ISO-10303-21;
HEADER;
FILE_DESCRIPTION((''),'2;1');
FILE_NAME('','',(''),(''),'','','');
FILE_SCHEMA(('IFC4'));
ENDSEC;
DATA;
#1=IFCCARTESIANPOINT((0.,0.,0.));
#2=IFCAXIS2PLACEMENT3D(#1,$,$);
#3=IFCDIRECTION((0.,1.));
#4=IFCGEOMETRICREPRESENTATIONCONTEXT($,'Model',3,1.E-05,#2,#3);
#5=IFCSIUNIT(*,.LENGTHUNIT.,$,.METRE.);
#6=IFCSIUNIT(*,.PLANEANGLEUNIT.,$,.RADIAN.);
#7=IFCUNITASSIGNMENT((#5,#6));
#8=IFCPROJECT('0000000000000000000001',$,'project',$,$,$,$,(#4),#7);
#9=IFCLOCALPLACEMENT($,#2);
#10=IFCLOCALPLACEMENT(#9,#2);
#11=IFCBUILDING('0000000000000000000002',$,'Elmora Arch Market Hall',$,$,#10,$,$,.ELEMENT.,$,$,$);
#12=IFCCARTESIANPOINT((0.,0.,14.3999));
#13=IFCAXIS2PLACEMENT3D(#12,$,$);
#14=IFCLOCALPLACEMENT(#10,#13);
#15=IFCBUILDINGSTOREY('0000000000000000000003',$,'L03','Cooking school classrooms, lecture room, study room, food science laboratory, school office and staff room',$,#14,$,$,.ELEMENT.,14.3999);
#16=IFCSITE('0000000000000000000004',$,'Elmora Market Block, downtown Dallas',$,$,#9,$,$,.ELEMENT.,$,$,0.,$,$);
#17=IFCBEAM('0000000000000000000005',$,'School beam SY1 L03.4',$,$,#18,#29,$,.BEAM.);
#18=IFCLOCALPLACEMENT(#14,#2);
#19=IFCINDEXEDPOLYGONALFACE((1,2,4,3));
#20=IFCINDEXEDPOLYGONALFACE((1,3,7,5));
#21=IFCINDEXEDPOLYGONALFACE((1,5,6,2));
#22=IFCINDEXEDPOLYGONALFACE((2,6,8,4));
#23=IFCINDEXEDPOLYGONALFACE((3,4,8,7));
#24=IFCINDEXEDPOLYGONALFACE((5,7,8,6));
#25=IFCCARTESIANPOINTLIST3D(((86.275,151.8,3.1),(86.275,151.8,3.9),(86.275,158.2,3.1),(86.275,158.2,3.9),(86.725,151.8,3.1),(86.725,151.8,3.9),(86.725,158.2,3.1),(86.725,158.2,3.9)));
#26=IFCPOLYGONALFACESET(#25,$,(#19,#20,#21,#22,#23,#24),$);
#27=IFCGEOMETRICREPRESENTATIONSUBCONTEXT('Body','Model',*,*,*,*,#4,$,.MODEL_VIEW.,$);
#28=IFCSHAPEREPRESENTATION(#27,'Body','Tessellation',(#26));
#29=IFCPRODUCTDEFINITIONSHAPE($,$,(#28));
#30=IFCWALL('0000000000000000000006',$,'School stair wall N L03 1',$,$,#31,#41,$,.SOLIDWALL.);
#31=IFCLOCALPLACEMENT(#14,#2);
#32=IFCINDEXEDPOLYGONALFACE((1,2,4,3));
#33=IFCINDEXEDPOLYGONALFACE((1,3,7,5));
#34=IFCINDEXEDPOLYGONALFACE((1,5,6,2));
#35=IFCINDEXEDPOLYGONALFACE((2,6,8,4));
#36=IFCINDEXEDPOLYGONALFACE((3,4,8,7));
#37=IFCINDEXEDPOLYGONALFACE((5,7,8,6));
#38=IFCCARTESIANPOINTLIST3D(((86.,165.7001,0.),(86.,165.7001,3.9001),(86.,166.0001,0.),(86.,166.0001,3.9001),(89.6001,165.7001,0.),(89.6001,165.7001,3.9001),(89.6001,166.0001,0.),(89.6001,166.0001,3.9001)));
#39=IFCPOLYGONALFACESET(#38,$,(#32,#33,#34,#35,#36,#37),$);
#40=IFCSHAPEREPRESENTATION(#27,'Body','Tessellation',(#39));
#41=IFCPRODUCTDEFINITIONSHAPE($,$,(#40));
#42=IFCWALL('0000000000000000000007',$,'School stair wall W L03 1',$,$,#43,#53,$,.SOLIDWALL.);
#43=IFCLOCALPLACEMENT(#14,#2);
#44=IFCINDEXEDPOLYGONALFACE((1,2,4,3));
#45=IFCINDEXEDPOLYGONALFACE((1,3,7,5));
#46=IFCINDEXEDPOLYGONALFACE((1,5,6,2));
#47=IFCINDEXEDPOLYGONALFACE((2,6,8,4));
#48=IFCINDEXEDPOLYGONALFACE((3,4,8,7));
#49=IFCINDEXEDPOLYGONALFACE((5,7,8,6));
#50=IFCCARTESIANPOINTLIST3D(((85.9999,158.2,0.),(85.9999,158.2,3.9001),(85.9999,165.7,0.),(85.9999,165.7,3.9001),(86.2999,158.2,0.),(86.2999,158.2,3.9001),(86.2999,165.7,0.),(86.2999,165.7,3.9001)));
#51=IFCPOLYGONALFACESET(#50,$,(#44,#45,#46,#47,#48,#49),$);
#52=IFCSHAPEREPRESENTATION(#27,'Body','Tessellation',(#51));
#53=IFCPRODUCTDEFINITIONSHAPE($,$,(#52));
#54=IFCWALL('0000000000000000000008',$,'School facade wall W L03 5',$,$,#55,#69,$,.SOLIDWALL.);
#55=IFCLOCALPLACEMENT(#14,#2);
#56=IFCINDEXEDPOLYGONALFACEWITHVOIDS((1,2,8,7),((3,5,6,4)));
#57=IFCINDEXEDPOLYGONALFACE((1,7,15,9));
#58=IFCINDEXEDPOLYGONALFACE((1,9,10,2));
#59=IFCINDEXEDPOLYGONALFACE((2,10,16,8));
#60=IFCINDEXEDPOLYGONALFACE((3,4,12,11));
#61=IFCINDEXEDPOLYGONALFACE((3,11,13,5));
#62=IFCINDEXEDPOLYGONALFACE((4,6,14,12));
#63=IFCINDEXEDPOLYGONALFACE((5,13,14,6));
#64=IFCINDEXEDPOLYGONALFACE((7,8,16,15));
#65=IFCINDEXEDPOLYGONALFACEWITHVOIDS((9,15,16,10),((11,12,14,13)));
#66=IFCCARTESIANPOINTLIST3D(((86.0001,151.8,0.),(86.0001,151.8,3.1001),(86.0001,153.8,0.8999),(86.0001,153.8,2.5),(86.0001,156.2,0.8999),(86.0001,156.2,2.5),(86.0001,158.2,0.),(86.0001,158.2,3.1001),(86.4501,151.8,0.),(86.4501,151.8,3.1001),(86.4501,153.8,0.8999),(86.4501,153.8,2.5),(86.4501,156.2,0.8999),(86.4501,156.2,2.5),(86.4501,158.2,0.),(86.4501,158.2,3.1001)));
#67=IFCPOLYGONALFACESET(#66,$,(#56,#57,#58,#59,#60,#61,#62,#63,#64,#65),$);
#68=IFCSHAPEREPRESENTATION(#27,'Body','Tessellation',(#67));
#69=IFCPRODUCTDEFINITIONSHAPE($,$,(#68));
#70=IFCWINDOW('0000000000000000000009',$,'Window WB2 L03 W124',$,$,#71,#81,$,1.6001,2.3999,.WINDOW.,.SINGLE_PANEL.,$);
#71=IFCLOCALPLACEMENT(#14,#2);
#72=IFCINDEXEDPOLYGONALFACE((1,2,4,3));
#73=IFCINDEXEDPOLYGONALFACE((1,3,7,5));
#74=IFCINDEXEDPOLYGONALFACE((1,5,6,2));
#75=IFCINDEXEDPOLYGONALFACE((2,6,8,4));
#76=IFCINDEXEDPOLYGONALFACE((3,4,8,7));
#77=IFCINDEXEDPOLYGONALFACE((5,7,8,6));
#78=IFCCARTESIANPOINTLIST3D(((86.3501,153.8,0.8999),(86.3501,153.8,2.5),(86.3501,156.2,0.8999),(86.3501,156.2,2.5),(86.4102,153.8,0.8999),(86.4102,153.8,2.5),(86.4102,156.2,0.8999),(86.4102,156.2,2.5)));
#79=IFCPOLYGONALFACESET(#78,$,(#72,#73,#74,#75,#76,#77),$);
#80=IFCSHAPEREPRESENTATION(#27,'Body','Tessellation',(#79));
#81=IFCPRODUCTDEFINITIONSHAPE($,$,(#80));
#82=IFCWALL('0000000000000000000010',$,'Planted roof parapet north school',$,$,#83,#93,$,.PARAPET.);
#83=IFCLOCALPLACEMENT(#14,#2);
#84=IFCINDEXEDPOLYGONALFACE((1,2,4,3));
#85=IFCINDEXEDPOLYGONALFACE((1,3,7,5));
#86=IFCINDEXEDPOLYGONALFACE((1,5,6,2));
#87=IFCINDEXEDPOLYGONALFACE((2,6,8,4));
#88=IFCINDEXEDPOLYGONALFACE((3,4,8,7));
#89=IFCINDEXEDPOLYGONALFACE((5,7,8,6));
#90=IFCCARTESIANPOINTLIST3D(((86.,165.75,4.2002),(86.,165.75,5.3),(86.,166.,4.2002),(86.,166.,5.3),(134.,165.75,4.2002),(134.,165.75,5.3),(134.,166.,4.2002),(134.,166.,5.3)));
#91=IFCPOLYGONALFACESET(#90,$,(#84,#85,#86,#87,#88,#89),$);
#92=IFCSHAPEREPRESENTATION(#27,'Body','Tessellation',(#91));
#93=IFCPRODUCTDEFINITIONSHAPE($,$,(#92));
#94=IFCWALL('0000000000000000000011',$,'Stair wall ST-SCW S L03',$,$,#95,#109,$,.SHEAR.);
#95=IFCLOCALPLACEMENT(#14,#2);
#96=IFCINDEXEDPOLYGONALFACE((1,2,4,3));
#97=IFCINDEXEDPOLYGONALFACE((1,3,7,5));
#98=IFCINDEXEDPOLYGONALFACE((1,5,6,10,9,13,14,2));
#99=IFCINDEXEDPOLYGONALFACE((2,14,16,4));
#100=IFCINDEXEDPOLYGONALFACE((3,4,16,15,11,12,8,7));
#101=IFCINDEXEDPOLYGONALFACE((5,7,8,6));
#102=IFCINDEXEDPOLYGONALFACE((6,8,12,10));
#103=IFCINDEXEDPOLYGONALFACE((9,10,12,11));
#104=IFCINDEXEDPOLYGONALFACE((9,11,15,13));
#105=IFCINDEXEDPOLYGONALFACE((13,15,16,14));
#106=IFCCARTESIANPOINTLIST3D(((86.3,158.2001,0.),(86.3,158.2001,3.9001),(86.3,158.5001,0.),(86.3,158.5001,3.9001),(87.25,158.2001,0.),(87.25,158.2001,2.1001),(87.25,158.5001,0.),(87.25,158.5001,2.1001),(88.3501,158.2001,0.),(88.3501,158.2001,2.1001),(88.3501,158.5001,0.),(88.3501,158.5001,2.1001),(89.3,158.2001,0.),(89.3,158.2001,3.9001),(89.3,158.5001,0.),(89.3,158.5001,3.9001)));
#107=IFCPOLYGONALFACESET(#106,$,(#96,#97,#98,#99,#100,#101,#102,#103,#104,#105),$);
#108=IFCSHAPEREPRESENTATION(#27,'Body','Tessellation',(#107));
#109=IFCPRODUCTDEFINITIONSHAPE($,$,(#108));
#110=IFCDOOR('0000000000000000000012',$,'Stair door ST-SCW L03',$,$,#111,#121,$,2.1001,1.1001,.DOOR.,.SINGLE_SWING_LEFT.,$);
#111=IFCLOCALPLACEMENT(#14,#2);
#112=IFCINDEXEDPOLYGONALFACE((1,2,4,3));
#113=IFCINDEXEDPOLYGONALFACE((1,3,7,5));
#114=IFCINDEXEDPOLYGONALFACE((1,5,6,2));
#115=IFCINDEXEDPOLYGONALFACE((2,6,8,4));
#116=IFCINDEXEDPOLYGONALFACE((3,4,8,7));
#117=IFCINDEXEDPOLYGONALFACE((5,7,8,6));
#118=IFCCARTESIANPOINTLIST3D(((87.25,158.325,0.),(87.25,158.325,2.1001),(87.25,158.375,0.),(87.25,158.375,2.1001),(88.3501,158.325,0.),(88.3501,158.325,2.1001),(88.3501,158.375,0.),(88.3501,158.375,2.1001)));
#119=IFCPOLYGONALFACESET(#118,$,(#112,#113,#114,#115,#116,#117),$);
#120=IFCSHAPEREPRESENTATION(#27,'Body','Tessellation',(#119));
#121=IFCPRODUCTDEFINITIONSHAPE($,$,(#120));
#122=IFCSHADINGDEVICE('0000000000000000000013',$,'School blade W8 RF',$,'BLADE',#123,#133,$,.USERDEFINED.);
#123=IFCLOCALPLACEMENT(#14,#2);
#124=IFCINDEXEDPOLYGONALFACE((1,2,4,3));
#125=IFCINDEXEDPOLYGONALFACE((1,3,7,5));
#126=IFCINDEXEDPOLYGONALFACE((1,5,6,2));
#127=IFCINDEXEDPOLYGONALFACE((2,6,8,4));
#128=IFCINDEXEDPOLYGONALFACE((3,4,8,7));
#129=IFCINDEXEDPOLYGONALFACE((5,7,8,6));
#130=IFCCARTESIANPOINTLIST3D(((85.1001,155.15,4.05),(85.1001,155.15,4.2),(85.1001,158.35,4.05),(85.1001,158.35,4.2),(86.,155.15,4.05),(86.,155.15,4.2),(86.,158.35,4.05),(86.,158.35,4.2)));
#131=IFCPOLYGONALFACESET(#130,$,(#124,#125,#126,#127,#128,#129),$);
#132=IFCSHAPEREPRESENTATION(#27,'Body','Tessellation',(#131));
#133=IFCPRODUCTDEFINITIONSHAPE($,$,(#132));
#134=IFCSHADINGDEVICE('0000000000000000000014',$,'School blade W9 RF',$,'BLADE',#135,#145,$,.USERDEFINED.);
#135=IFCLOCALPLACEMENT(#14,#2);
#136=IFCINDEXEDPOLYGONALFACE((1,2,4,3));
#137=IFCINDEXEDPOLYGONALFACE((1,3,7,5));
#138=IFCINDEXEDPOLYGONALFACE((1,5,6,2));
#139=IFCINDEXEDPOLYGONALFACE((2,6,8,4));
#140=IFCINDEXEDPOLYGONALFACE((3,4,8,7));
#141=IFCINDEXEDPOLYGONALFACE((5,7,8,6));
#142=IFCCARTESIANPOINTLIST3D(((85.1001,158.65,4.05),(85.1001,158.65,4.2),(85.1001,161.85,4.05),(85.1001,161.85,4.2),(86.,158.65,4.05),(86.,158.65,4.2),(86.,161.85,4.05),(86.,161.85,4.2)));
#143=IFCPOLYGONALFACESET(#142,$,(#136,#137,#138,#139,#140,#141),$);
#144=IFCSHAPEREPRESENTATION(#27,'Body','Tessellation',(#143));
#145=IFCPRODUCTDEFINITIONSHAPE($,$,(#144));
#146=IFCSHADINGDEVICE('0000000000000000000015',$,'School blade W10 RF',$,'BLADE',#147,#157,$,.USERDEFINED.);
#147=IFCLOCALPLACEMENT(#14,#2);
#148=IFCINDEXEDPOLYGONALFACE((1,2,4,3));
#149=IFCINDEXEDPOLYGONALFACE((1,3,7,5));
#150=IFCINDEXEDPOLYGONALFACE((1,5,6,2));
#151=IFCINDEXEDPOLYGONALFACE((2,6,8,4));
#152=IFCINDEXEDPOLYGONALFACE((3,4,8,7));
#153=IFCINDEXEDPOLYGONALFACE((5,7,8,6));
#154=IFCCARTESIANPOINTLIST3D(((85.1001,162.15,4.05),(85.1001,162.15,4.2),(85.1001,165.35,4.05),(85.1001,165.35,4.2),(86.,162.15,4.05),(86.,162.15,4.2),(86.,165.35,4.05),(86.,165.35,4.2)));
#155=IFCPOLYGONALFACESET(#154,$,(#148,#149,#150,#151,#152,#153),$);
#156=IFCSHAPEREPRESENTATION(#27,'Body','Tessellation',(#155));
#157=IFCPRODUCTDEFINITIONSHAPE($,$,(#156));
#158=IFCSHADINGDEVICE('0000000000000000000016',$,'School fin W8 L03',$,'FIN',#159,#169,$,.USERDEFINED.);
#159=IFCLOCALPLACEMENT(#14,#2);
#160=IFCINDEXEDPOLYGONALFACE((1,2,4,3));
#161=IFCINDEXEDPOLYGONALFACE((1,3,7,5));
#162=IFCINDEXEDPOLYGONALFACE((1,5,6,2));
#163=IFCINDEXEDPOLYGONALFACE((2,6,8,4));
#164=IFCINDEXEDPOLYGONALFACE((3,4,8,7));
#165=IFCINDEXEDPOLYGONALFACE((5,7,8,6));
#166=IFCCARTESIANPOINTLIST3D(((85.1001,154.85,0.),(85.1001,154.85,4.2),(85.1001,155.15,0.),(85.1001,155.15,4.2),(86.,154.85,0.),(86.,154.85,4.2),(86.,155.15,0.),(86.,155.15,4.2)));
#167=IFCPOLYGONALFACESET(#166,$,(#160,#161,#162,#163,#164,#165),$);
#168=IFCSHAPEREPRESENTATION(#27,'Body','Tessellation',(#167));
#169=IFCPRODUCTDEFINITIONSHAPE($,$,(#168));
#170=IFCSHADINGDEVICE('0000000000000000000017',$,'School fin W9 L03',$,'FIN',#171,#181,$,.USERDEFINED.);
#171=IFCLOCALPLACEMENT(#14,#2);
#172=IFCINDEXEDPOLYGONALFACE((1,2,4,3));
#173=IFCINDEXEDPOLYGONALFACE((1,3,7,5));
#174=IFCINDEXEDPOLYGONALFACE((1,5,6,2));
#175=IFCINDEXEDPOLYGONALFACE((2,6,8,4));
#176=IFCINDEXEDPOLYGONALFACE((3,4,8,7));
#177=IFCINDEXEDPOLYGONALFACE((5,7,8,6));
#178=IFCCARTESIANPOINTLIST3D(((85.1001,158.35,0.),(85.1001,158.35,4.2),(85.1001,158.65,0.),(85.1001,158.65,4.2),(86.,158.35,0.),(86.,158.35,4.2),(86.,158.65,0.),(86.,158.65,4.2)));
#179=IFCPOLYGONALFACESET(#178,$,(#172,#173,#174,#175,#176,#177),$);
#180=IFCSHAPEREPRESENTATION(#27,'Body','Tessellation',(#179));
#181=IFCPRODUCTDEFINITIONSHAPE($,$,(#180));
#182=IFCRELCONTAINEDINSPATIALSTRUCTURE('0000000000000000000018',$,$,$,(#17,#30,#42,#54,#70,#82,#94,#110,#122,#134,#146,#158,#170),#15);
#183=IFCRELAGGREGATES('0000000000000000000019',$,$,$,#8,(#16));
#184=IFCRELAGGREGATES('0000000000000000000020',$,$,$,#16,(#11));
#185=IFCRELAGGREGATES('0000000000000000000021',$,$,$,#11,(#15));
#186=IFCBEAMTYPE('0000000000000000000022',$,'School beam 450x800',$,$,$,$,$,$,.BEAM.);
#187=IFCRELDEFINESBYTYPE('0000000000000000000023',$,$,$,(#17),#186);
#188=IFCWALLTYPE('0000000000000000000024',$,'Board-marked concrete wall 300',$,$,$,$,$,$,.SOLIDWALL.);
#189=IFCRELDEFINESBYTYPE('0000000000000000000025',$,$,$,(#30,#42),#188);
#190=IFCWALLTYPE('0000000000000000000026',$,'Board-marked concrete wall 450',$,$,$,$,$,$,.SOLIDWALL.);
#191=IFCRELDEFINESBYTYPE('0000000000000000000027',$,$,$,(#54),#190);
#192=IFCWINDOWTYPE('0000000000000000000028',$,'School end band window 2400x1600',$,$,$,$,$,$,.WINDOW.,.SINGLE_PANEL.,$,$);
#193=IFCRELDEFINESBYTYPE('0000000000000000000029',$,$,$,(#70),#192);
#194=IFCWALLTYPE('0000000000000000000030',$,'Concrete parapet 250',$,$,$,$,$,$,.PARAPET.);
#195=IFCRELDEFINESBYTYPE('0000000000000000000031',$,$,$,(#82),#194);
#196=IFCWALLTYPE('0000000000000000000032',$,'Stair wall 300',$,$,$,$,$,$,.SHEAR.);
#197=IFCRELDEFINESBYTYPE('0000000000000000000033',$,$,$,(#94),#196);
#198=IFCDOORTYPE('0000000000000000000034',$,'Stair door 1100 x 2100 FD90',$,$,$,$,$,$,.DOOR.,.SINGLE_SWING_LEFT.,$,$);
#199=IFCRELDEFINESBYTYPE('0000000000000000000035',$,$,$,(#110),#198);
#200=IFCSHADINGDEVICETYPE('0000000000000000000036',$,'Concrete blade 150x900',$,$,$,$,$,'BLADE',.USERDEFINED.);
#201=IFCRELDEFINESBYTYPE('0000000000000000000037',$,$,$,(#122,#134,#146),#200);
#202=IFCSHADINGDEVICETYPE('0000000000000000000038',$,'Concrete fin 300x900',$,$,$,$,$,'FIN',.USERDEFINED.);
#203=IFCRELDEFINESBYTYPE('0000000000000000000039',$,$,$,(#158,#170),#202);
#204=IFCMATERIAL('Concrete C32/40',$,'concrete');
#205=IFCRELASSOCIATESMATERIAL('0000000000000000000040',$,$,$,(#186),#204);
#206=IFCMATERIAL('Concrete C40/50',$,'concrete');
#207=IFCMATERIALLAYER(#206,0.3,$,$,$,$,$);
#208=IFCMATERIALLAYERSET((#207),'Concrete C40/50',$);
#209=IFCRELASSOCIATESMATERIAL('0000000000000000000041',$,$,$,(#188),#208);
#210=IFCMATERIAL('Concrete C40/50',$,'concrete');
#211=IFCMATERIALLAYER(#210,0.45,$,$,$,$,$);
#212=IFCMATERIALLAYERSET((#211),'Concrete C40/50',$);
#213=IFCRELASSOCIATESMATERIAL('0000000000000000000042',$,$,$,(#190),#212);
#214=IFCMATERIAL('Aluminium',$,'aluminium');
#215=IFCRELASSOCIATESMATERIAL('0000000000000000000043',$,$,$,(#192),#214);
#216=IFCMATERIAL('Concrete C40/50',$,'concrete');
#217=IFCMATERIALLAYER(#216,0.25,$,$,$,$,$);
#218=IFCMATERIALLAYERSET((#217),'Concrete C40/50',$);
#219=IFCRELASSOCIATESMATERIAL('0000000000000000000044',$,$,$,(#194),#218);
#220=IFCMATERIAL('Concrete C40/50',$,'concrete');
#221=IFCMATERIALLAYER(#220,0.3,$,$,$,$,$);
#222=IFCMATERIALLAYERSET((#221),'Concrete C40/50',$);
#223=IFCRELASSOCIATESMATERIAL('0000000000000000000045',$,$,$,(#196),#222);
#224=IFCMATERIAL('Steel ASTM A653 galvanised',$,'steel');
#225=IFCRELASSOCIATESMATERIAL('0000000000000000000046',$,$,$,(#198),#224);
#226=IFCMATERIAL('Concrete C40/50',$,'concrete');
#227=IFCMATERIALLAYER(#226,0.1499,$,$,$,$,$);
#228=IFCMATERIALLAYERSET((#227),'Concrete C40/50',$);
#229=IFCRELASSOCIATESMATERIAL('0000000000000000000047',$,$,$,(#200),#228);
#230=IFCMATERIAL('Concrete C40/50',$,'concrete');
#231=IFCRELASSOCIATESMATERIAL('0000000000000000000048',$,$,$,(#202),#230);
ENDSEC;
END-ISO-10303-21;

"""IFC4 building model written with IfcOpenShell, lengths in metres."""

from ifc_helpers import new_model, si_unit, direction, frame, frame_2d, origin, origin_2d, place, context, subcontext, project, spatial, rectangle, extrude, material, layer, layer_set, material_profile, profile_set, type_object, element, fill, save


model = new_model("IFC4")

# Units and contexts
model_context = context("Model", 3, precision=1e-05, world=origin(), true_north=direction((0.0, 1.0)))
body_context = subcontext(model_context, "Body", "Model", "MODEL_VIEW")
ifc_project = project(units=[si_unit("LENGTHUNIT", "METRE"), si_unit("PLANEANGLEUNIT", "RADIAN")], contexts=[model_context])

# Site, building, storey
site_placement = place(None, origin())
site = spatial("IfcSite", under=ifc_project, at=site_placement, Name="Elmora Market Block, downtown Dallas", CompositionType="ELEMENT", RefElevation=0.0)
building_placement = place(site_placement, origin())
building = spatial("IfcBuilding", under=site, at=building_placement, Name="Elmora Arch Market Hall", CompositionType="ELEMENT")
storey_placement = place(building_placement, frame((0.0, 0.0, 14.3999)))
storey = spatial("IfcBuildingStorey", under=building, at=storey_placement, Name="L03", Description="Cooking school classrooms, lecture room, study room, food science laboratory, school office and staff room", CompositionType="ELEMENT", Elevation=14.3999)

# Beam
ifc_material_1 = material(Name="Concrete C32/40", Category="concrete")
ifc_material_profile = material_profile(ifc_material_1, rectangle(XDim=0.45, YDim=0.8, at=origin_2d()), Name="School beam 450x800")
ifc_profile_set = profile_set([ifc_material_profile], Name="Concrete C32/40")
beam_type = type_object("IfcBeamType", Name="School beam 450x800", PredefinedType="BEAM", material=ifc_profile_set)
beam_placement = place(storey_placement, frame((86.5, 151.8, 3.5), z_axis=(0.0, 1.0, 0.0), x_axis=(-1.0, 0.0, 0.0)))
element("IfcBeam", 1, at=beam_placement, inside=storey, type_object=beam_type, Name="School beam SY1 L03.4", PredefinedType="BEAM", context=body_context, shape_type="SweptSolid", body=[
    extrude(rectangle(XDim=0.45, YDim=0.8, at=origin_2d()), origin(), (0.0, 0.0, 1.0), 6.3999),
])

# Walls
ifc_material_2 = material(Name="Concrete C40/50", Category="concrete")
ifc_layer_1 = layer(ifc_material_2, 0.3)
ifc_layer_set_1 = layer_set([ifc_layer_1], Name="Concrete C40/50")
wall_type_1 = type_object("IfcWallType", Name="Board-marked concrete wall 300", PredefinedType="SOLIDWALL", material=ifc_layer_set_1)
wall_1_placement = place(storey_placement, frame((86.0, 165.8501, 0.0), z_axis=(0.0, 0.0, 1.0), x_axis=(1.0, 0.0, 0.0)))
element("IfcWall", 2, at=wall_1_placement, inside=storey, type_object=wall_type_1, Name="School stair wall N L03 1", PredefinedType="SOLIDWALL", context=body_context, shape_type="SweptSolid", body=[
    extrude(rectangle(XDim=3.6001, YDim=0.3, at=frame_2d((1.8, 0.0))), origin(), (0.0, 0.0, 1.0), 3.9001),
])
wall_2_placement = place(storey_placement, frame((86.1499, 158.2, 0.0), z_axis=(0.0, 0.0, 1.0), x_axis=(0.0, 1.0, 0.0)))
element("IfcWall", 3, at=wall_2_placement, inside=storey, type_object=wall_type_1, Name="School stair wall W L03 1", PredefinedType="SOLIDWALL", context=body_context, shape_type="SweptSolid", body=[
    extrude(rectangle(XDim=7.5, YDim=0.3, at=frame_2d((3.75, 0.0))), origin(), (0.0, 0.0, 1.0), 3.9001),
])

# Wall, opening, window
ifc_material_3 = material(Name="Concrete C40/50", Category="concrete")
ifc_layer_2 = layer(ifc_material_3, 0.45)
ifc_layer_set_2 = layer_set([ifc_layer_2], Name="Concrete C40/50")
wall_type_2 = type_object("IfcWallType", Name="Board-marked concrete wall 450", PredefinedType="SOLIDWALL", material=ifc_layer_set_2)
wall_3_placement = place(storey_placement, frame((86.2251, 151.8, 0.0), z_axis=(0.0, 0.0, 1.0), x_axis=(0.0, 1.0, 0.0)))
wall_3 = element("IfcWall", 4, at=wall_3_placement, inside=storey, type_object=wall_type_2, Name="School facade wall W L03 5", PredefinedType="SOLIDWALL", context=body_context, shape_type="SweptSolid", body=[
    extrude(rectangle(XDim=6.3999, YDim=0.45, at=frame_2d((3.2, 0.0))), origin(), (0.0, 0.0, 1.0), 3.1001),
])
opening_1_placement = place(wall_3_placement, frame((2.0, 0.0, 0.8999)))
opening_1 = element("IfcOpeningElement", 5, at=opening_1_placement, cuts=wall_3, PredefinedType="OPENING", context=body_context, shape_type="SweptSolid", body=[
    extrude(rectangle(XDim=2.3999, YDim=1.6001, at=frame_2d((1.2, 0.8))), frame((0.0, 0.2349, 0.0), z_axis=(0.0, -1.0, 0.0), x_axis=(1.0, 0.0, 0.0)), (0.0, 0.0, 1.0), 0.47),
])
ifc_material_4 = material(Name="Aluminium", Category="aluminium")
window_type = type_object("IfcWindowType", Name="School end band window 2400x1600", PartitioningType="SINGLE_PANEL", PredefinedType="WINDOW", material=ifc_material_4)
window_placement = place(opening_1_placement, origin())
window = element("IfcWindow", 6, at=window_placement, inside=storey, type_object=window_type, Name="Window WB2 L03 W124", OverallHeight=1.6001, OverallWidth=2.3999, PartitioningType="SINGLE_PANEL", PredefinedType="WINDOW", context=body_context, shape_type="SweptSolid", body=[
    extrude(rectangle(XDim=2.3999, YDim=1.6001, at=frame_2d((1.2, 0.8))), frame((0.0, -0.125, 0.0), z_axis=(0.0, -1.0, 0.0), x_axis=(1.0, 0.0, 0.0)), (0.0, 0.0, 1.0), 0.0601),
])
fill(opening_1, window)

# Wall
ifc_material_5 = material(Name="Concrete C40/50", Category="concrete")
ifc_layer_3 = layer(ifc_material_5, 0.25)
ifc_layer_set_3 = layer_set([ifc_layer_3], Name="Concrete C40/50")
wall_type_3 = type_object("IfcWallType", Name="Concrete parapet 250", PredefinedType="PARAPET", material=ifc_layer_set_3)
wall_4_placement = place(storey_placement, frame((86.0, 165.875, 4.2002), z_axis=(0.0, 0.0, 1.0), x_axis=(1.0, 0.0, 0.0)))
element("IfcWall", 7, at=wall_4_placement, inside=storey, type_object=wall_type_3, Name="Planted roof parapet north school", PredefinedType="PARAPET", context=body_context, shape_type="SweptSolid", body=[
    extrude(rectangle(XDim=48.0, YDim=0.25, at=frame_2d((24.0, 0.0))), origin(), (0.0, 0.0, 1.0), 1.0999),
])

# Wall, opening, door
ifc_material_6 = material(Name="Concrete C40/50", Category="concrete")
ifc_layer_4 = layer(ifc_material_6, 0.3)
ifc_layer_set_4 = layer_set([ifc_layer_4], Name="Concrete C40/50")
wall_type_4 = type_object("IfcWallType", Name="Stair wall 300", PredefinedType="SHEAR", material=ifc_layer_set_4)
wall_5_placement = place(storey_placement, frame((86.3, 158.3501, 0.0), z_axis=(0.0, 0.0, 1.0), x_axis=(1.0, 0.0, 0.0)))
wall_5 = element("IfcWall", 8, at=wall_5_placement, inside=storey, type_object=wall_type_4, Name="Stair wall ST-SCW S L03", PredefinedType="SHEAR", context=body_context, shape_type="SweptSolid", body=[
    extrude(rectangle(XDim=3.0, YDim=0.3, at=frame_2d((1.5, 0.0))), origin(), (0.0, 0.0, 1.0), 3.9001),
])
opening_2_placement = place(wall_5_placement, frame((0.95, 0.0, 0.0)))
opening_2 = element("IfcOpeningElement", 9, at=opening_2_placement, cuts=wall_5, PredefinedType="OPENING", context=body_context, shape_type="SweptSolid", body=[
    extrude(rectangle(XDim=1.1001, YDim=2.1001, at=frame_2d((0.55, 1.05))), frame((0.0, 0.1599, 0.0), z_axis=(0.0, -1.0, 0.0), x_axis=(1.0, 0.0, 0.0)), (0.0, 0.0, 1.0), 0.3201),
])
ifc_material_7 = material(Name="Steel ASTM A653 galvanised", Category="steel")
door_type = type_object("IfcDoorType", Name="Stair door 1100 x 2100 FD90", OperationType="SINGLE_SWING_LEFT", PredefinedType="DOOR", material=ifc_material_7)
door_placement = place(opening_2_placement, origin())
door = element("IfcDoor", 10, at=door_placement, inside=storey, type_object=door_type, Name="Stair door ST-SCW L03", OperationType="SINGLE_SWING_LEFT", OverallHeight=2.1001, OverallWidth=1.1001, PredefinedType="DOOR", context=body_context, shape_type="SweptSolid", body=[
    extrude(rectangle(XDim=1.1001, YDim=2.1001, at=frame_2d((0.55, 1.05))), frame((0.0, 0.0249, 0.0), z_axis=(0.0, -1.0, 0.0), x_axis=(1.0, 0.0, 0.0)), (0.0, 0.0, 1.0), 0.05),
])
fill(opening_2, door)

# Shading devices
ifc_material_8 = material(Name="Concrete C40/50", Category="concrete")
ifc_layer_5 = layer(ifc_material_8, 0.1499)
ifc_layer_set_5 = layer_set([ifc_layer_5], Name="Concrete C40/50")
shading_device_type_1 = type_object("IfcShadingDeviceType", Name="Concrete blade 150x900", ElementType="BLADE", PredefinedType="USERDEFINED", material=ifc_layer_set_5)
for number, where, z_axis, x_axis, name in (
    (11, (85.55, 156.75, 4.05), (0.0, 0.0, 1.0), (1.0, 0.0, 0.0), "School blade W8 RF"),
    (12, (85.55, 160.25, 4.05), (0.0, 0.0, 1.0), (1.0, 0.0, 0.0), "School blade W9 RF"),
    (13, (85.55, 163.75, 4.05), (0.0, 0.0, 1.0), (1.0, 0.0, 0.0), "School blade W10 RF"),
):
    element("IfcShadingDevice", number, at=place(storey_placement, frame(where, z_axis=z_axis, x_axis=x_axis)), inside=storey, type_object=shading_device_type_1, Name=name, ObjectType="BLADE", PredefinedType="USERDEFINED", context=body_context, shape_type="SweptSolid", body=[
        extrude(rectangle(XDim=0.8999, YDim=3.2, at=origin_2d()), origin(), (0.0, 0.0, 1.0), 0.1499),
    ])
ifc_material_9 = material(Name="Concrete C40/50", Category="concrete")
shading_device_type_2 = type_object("IfcShadingDeviceType", Name="Concrete fin 300x900", ElementType="FIN", PredefinedType="USERDEFINED", material=ifc_material_9)
for number, where, z_axis, x_axis, name in (
    (14, (85.55, 155.0, 0.0), (0.0, 0.0, 1.0), (1.0, 0.0, 0.0), "School fin W8 L03"),
    (15, (85.55, 158.5, 0.0), (0.0, 0.0, 1.0), (1.0, 0.0, 0.0), "School fin W9 L03"),
):
    element("IfcShadingDevice", number, at=place(storey_placement, frame(where, z_axis=z_axis, x_axis=x_axis)), inside=storey, type_object=shading_device_type_2, Name=name, ObjectType="FIN", PredefinedType="USERDEFINED", context=body_context, shape_type="SweptSolid", body=[
        extrude(rectangle(XDim=0.8999, YDim=0.3, at=origin_2d()), origin(), (0.0, 0.0, 1.0), 4.2),
    ])

save(model, "model.ifc")
